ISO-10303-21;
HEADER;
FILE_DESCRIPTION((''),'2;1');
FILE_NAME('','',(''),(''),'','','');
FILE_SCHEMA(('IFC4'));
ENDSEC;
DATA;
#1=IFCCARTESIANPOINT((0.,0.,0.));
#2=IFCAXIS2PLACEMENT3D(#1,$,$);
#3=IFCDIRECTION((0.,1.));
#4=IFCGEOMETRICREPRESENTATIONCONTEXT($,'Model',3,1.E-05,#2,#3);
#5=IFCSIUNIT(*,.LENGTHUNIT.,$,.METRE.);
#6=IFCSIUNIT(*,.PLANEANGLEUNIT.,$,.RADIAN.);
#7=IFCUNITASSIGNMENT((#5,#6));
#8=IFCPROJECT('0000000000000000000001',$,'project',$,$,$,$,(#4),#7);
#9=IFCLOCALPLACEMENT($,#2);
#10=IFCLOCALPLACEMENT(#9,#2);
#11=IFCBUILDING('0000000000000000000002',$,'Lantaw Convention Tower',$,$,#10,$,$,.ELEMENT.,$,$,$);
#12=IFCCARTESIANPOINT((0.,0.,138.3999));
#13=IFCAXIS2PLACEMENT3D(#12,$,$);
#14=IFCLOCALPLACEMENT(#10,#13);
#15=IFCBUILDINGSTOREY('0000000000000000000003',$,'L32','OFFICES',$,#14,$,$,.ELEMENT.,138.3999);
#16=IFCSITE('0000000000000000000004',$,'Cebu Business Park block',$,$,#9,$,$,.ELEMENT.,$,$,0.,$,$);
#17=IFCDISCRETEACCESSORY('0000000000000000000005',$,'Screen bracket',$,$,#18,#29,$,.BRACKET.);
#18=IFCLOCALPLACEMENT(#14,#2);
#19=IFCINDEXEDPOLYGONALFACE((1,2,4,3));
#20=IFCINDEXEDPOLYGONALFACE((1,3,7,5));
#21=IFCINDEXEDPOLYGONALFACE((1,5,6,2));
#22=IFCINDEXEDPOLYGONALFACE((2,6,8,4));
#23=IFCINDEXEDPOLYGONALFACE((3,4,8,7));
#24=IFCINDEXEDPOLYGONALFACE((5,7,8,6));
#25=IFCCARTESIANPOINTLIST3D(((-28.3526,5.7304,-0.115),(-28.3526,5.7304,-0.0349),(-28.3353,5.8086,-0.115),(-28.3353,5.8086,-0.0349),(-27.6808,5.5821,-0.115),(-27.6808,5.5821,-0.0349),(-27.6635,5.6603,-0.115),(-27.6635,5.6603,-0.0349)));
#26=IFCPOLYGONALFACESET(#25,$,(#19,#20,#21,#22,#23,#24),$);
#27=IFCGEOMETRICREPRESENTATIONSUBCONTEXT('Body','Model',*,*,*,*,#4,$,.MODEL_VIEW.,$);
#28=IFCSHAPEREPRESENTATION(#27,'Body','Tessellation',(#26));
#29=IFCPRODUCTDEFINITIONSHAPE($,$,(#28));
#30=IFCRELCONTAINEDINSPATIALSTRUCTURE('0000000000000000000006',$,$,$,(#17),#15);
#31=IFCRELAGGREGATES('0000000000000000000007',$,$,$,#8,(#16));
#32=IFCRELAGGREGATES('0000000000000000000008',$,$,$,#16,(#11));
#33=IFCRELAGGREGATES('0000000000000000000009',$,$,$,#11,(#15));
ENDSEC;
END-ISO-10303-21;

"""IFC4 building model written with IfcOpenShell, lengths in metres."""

from ifc_helpers import new_model, si_unit, direction, frame, origin, origin_2d, place, context, subcontext, project, spatial, rectangle, extrude, element, save


model = new_model("IFC4")

# Units and contexts
model_context = context("Model", 3, precision=1e-05, world=origin(), true_north=direction((0.0, 1.0)))
body_context = subcontext(model_context, "Body", "Model", "MODEL_VIEW")
ifc_project = project(units=[si_unit("LENGTHUNIT", "METRE"), si_unit("PLANEANGLEUNIT", "RADIAN")], contexts=[model_context])

# Site, building, storey
site_placement = place(None, origin())
site = spatial("IfcSite", under=ifc_project, at=site_placement, Name="Cebu Business Park block", CompositionType="ELEMENT", RefElevation=0.0)
building_placement = place(site_placement, origin())
building = spatial("IfcBuilding", under=site, at=building_placement, Name="Lantaw Convention Tower", CompositionType="ELEMENT")
storey_placement = place(building_placement, frame((0.0, 0.0, 138.3999)))
storey = spatial("IfcBuildingStorey", under=building, at=storey_placement, Name="L32", Description="OFFICES", CompositionType="ELEMENT", Elevation=138.3999)

# Discrete accessory
discrete_accessory_placement = place(storey_placement, frame((-28.0081, 5.6953, -0.115), z_axis=(0.0, 0.0, 1.0), x_axis=(-0.215546, -0.976494, 0.0)))
element("IfcDiscreteAccessory", 1, at=discrete_accessory_placement, inside=storey, Name="Screen bracket", PredefinedType="BRACKET", context=body_context, shape_type="SweptSolid", body=[
    extrude(rectangle(XDim=0.0801, YDim=0.688, at=origin_2d()), origin(), (0.0, 0.0, 1.0), 0.0801),
])

save(model, "model.ifc")
